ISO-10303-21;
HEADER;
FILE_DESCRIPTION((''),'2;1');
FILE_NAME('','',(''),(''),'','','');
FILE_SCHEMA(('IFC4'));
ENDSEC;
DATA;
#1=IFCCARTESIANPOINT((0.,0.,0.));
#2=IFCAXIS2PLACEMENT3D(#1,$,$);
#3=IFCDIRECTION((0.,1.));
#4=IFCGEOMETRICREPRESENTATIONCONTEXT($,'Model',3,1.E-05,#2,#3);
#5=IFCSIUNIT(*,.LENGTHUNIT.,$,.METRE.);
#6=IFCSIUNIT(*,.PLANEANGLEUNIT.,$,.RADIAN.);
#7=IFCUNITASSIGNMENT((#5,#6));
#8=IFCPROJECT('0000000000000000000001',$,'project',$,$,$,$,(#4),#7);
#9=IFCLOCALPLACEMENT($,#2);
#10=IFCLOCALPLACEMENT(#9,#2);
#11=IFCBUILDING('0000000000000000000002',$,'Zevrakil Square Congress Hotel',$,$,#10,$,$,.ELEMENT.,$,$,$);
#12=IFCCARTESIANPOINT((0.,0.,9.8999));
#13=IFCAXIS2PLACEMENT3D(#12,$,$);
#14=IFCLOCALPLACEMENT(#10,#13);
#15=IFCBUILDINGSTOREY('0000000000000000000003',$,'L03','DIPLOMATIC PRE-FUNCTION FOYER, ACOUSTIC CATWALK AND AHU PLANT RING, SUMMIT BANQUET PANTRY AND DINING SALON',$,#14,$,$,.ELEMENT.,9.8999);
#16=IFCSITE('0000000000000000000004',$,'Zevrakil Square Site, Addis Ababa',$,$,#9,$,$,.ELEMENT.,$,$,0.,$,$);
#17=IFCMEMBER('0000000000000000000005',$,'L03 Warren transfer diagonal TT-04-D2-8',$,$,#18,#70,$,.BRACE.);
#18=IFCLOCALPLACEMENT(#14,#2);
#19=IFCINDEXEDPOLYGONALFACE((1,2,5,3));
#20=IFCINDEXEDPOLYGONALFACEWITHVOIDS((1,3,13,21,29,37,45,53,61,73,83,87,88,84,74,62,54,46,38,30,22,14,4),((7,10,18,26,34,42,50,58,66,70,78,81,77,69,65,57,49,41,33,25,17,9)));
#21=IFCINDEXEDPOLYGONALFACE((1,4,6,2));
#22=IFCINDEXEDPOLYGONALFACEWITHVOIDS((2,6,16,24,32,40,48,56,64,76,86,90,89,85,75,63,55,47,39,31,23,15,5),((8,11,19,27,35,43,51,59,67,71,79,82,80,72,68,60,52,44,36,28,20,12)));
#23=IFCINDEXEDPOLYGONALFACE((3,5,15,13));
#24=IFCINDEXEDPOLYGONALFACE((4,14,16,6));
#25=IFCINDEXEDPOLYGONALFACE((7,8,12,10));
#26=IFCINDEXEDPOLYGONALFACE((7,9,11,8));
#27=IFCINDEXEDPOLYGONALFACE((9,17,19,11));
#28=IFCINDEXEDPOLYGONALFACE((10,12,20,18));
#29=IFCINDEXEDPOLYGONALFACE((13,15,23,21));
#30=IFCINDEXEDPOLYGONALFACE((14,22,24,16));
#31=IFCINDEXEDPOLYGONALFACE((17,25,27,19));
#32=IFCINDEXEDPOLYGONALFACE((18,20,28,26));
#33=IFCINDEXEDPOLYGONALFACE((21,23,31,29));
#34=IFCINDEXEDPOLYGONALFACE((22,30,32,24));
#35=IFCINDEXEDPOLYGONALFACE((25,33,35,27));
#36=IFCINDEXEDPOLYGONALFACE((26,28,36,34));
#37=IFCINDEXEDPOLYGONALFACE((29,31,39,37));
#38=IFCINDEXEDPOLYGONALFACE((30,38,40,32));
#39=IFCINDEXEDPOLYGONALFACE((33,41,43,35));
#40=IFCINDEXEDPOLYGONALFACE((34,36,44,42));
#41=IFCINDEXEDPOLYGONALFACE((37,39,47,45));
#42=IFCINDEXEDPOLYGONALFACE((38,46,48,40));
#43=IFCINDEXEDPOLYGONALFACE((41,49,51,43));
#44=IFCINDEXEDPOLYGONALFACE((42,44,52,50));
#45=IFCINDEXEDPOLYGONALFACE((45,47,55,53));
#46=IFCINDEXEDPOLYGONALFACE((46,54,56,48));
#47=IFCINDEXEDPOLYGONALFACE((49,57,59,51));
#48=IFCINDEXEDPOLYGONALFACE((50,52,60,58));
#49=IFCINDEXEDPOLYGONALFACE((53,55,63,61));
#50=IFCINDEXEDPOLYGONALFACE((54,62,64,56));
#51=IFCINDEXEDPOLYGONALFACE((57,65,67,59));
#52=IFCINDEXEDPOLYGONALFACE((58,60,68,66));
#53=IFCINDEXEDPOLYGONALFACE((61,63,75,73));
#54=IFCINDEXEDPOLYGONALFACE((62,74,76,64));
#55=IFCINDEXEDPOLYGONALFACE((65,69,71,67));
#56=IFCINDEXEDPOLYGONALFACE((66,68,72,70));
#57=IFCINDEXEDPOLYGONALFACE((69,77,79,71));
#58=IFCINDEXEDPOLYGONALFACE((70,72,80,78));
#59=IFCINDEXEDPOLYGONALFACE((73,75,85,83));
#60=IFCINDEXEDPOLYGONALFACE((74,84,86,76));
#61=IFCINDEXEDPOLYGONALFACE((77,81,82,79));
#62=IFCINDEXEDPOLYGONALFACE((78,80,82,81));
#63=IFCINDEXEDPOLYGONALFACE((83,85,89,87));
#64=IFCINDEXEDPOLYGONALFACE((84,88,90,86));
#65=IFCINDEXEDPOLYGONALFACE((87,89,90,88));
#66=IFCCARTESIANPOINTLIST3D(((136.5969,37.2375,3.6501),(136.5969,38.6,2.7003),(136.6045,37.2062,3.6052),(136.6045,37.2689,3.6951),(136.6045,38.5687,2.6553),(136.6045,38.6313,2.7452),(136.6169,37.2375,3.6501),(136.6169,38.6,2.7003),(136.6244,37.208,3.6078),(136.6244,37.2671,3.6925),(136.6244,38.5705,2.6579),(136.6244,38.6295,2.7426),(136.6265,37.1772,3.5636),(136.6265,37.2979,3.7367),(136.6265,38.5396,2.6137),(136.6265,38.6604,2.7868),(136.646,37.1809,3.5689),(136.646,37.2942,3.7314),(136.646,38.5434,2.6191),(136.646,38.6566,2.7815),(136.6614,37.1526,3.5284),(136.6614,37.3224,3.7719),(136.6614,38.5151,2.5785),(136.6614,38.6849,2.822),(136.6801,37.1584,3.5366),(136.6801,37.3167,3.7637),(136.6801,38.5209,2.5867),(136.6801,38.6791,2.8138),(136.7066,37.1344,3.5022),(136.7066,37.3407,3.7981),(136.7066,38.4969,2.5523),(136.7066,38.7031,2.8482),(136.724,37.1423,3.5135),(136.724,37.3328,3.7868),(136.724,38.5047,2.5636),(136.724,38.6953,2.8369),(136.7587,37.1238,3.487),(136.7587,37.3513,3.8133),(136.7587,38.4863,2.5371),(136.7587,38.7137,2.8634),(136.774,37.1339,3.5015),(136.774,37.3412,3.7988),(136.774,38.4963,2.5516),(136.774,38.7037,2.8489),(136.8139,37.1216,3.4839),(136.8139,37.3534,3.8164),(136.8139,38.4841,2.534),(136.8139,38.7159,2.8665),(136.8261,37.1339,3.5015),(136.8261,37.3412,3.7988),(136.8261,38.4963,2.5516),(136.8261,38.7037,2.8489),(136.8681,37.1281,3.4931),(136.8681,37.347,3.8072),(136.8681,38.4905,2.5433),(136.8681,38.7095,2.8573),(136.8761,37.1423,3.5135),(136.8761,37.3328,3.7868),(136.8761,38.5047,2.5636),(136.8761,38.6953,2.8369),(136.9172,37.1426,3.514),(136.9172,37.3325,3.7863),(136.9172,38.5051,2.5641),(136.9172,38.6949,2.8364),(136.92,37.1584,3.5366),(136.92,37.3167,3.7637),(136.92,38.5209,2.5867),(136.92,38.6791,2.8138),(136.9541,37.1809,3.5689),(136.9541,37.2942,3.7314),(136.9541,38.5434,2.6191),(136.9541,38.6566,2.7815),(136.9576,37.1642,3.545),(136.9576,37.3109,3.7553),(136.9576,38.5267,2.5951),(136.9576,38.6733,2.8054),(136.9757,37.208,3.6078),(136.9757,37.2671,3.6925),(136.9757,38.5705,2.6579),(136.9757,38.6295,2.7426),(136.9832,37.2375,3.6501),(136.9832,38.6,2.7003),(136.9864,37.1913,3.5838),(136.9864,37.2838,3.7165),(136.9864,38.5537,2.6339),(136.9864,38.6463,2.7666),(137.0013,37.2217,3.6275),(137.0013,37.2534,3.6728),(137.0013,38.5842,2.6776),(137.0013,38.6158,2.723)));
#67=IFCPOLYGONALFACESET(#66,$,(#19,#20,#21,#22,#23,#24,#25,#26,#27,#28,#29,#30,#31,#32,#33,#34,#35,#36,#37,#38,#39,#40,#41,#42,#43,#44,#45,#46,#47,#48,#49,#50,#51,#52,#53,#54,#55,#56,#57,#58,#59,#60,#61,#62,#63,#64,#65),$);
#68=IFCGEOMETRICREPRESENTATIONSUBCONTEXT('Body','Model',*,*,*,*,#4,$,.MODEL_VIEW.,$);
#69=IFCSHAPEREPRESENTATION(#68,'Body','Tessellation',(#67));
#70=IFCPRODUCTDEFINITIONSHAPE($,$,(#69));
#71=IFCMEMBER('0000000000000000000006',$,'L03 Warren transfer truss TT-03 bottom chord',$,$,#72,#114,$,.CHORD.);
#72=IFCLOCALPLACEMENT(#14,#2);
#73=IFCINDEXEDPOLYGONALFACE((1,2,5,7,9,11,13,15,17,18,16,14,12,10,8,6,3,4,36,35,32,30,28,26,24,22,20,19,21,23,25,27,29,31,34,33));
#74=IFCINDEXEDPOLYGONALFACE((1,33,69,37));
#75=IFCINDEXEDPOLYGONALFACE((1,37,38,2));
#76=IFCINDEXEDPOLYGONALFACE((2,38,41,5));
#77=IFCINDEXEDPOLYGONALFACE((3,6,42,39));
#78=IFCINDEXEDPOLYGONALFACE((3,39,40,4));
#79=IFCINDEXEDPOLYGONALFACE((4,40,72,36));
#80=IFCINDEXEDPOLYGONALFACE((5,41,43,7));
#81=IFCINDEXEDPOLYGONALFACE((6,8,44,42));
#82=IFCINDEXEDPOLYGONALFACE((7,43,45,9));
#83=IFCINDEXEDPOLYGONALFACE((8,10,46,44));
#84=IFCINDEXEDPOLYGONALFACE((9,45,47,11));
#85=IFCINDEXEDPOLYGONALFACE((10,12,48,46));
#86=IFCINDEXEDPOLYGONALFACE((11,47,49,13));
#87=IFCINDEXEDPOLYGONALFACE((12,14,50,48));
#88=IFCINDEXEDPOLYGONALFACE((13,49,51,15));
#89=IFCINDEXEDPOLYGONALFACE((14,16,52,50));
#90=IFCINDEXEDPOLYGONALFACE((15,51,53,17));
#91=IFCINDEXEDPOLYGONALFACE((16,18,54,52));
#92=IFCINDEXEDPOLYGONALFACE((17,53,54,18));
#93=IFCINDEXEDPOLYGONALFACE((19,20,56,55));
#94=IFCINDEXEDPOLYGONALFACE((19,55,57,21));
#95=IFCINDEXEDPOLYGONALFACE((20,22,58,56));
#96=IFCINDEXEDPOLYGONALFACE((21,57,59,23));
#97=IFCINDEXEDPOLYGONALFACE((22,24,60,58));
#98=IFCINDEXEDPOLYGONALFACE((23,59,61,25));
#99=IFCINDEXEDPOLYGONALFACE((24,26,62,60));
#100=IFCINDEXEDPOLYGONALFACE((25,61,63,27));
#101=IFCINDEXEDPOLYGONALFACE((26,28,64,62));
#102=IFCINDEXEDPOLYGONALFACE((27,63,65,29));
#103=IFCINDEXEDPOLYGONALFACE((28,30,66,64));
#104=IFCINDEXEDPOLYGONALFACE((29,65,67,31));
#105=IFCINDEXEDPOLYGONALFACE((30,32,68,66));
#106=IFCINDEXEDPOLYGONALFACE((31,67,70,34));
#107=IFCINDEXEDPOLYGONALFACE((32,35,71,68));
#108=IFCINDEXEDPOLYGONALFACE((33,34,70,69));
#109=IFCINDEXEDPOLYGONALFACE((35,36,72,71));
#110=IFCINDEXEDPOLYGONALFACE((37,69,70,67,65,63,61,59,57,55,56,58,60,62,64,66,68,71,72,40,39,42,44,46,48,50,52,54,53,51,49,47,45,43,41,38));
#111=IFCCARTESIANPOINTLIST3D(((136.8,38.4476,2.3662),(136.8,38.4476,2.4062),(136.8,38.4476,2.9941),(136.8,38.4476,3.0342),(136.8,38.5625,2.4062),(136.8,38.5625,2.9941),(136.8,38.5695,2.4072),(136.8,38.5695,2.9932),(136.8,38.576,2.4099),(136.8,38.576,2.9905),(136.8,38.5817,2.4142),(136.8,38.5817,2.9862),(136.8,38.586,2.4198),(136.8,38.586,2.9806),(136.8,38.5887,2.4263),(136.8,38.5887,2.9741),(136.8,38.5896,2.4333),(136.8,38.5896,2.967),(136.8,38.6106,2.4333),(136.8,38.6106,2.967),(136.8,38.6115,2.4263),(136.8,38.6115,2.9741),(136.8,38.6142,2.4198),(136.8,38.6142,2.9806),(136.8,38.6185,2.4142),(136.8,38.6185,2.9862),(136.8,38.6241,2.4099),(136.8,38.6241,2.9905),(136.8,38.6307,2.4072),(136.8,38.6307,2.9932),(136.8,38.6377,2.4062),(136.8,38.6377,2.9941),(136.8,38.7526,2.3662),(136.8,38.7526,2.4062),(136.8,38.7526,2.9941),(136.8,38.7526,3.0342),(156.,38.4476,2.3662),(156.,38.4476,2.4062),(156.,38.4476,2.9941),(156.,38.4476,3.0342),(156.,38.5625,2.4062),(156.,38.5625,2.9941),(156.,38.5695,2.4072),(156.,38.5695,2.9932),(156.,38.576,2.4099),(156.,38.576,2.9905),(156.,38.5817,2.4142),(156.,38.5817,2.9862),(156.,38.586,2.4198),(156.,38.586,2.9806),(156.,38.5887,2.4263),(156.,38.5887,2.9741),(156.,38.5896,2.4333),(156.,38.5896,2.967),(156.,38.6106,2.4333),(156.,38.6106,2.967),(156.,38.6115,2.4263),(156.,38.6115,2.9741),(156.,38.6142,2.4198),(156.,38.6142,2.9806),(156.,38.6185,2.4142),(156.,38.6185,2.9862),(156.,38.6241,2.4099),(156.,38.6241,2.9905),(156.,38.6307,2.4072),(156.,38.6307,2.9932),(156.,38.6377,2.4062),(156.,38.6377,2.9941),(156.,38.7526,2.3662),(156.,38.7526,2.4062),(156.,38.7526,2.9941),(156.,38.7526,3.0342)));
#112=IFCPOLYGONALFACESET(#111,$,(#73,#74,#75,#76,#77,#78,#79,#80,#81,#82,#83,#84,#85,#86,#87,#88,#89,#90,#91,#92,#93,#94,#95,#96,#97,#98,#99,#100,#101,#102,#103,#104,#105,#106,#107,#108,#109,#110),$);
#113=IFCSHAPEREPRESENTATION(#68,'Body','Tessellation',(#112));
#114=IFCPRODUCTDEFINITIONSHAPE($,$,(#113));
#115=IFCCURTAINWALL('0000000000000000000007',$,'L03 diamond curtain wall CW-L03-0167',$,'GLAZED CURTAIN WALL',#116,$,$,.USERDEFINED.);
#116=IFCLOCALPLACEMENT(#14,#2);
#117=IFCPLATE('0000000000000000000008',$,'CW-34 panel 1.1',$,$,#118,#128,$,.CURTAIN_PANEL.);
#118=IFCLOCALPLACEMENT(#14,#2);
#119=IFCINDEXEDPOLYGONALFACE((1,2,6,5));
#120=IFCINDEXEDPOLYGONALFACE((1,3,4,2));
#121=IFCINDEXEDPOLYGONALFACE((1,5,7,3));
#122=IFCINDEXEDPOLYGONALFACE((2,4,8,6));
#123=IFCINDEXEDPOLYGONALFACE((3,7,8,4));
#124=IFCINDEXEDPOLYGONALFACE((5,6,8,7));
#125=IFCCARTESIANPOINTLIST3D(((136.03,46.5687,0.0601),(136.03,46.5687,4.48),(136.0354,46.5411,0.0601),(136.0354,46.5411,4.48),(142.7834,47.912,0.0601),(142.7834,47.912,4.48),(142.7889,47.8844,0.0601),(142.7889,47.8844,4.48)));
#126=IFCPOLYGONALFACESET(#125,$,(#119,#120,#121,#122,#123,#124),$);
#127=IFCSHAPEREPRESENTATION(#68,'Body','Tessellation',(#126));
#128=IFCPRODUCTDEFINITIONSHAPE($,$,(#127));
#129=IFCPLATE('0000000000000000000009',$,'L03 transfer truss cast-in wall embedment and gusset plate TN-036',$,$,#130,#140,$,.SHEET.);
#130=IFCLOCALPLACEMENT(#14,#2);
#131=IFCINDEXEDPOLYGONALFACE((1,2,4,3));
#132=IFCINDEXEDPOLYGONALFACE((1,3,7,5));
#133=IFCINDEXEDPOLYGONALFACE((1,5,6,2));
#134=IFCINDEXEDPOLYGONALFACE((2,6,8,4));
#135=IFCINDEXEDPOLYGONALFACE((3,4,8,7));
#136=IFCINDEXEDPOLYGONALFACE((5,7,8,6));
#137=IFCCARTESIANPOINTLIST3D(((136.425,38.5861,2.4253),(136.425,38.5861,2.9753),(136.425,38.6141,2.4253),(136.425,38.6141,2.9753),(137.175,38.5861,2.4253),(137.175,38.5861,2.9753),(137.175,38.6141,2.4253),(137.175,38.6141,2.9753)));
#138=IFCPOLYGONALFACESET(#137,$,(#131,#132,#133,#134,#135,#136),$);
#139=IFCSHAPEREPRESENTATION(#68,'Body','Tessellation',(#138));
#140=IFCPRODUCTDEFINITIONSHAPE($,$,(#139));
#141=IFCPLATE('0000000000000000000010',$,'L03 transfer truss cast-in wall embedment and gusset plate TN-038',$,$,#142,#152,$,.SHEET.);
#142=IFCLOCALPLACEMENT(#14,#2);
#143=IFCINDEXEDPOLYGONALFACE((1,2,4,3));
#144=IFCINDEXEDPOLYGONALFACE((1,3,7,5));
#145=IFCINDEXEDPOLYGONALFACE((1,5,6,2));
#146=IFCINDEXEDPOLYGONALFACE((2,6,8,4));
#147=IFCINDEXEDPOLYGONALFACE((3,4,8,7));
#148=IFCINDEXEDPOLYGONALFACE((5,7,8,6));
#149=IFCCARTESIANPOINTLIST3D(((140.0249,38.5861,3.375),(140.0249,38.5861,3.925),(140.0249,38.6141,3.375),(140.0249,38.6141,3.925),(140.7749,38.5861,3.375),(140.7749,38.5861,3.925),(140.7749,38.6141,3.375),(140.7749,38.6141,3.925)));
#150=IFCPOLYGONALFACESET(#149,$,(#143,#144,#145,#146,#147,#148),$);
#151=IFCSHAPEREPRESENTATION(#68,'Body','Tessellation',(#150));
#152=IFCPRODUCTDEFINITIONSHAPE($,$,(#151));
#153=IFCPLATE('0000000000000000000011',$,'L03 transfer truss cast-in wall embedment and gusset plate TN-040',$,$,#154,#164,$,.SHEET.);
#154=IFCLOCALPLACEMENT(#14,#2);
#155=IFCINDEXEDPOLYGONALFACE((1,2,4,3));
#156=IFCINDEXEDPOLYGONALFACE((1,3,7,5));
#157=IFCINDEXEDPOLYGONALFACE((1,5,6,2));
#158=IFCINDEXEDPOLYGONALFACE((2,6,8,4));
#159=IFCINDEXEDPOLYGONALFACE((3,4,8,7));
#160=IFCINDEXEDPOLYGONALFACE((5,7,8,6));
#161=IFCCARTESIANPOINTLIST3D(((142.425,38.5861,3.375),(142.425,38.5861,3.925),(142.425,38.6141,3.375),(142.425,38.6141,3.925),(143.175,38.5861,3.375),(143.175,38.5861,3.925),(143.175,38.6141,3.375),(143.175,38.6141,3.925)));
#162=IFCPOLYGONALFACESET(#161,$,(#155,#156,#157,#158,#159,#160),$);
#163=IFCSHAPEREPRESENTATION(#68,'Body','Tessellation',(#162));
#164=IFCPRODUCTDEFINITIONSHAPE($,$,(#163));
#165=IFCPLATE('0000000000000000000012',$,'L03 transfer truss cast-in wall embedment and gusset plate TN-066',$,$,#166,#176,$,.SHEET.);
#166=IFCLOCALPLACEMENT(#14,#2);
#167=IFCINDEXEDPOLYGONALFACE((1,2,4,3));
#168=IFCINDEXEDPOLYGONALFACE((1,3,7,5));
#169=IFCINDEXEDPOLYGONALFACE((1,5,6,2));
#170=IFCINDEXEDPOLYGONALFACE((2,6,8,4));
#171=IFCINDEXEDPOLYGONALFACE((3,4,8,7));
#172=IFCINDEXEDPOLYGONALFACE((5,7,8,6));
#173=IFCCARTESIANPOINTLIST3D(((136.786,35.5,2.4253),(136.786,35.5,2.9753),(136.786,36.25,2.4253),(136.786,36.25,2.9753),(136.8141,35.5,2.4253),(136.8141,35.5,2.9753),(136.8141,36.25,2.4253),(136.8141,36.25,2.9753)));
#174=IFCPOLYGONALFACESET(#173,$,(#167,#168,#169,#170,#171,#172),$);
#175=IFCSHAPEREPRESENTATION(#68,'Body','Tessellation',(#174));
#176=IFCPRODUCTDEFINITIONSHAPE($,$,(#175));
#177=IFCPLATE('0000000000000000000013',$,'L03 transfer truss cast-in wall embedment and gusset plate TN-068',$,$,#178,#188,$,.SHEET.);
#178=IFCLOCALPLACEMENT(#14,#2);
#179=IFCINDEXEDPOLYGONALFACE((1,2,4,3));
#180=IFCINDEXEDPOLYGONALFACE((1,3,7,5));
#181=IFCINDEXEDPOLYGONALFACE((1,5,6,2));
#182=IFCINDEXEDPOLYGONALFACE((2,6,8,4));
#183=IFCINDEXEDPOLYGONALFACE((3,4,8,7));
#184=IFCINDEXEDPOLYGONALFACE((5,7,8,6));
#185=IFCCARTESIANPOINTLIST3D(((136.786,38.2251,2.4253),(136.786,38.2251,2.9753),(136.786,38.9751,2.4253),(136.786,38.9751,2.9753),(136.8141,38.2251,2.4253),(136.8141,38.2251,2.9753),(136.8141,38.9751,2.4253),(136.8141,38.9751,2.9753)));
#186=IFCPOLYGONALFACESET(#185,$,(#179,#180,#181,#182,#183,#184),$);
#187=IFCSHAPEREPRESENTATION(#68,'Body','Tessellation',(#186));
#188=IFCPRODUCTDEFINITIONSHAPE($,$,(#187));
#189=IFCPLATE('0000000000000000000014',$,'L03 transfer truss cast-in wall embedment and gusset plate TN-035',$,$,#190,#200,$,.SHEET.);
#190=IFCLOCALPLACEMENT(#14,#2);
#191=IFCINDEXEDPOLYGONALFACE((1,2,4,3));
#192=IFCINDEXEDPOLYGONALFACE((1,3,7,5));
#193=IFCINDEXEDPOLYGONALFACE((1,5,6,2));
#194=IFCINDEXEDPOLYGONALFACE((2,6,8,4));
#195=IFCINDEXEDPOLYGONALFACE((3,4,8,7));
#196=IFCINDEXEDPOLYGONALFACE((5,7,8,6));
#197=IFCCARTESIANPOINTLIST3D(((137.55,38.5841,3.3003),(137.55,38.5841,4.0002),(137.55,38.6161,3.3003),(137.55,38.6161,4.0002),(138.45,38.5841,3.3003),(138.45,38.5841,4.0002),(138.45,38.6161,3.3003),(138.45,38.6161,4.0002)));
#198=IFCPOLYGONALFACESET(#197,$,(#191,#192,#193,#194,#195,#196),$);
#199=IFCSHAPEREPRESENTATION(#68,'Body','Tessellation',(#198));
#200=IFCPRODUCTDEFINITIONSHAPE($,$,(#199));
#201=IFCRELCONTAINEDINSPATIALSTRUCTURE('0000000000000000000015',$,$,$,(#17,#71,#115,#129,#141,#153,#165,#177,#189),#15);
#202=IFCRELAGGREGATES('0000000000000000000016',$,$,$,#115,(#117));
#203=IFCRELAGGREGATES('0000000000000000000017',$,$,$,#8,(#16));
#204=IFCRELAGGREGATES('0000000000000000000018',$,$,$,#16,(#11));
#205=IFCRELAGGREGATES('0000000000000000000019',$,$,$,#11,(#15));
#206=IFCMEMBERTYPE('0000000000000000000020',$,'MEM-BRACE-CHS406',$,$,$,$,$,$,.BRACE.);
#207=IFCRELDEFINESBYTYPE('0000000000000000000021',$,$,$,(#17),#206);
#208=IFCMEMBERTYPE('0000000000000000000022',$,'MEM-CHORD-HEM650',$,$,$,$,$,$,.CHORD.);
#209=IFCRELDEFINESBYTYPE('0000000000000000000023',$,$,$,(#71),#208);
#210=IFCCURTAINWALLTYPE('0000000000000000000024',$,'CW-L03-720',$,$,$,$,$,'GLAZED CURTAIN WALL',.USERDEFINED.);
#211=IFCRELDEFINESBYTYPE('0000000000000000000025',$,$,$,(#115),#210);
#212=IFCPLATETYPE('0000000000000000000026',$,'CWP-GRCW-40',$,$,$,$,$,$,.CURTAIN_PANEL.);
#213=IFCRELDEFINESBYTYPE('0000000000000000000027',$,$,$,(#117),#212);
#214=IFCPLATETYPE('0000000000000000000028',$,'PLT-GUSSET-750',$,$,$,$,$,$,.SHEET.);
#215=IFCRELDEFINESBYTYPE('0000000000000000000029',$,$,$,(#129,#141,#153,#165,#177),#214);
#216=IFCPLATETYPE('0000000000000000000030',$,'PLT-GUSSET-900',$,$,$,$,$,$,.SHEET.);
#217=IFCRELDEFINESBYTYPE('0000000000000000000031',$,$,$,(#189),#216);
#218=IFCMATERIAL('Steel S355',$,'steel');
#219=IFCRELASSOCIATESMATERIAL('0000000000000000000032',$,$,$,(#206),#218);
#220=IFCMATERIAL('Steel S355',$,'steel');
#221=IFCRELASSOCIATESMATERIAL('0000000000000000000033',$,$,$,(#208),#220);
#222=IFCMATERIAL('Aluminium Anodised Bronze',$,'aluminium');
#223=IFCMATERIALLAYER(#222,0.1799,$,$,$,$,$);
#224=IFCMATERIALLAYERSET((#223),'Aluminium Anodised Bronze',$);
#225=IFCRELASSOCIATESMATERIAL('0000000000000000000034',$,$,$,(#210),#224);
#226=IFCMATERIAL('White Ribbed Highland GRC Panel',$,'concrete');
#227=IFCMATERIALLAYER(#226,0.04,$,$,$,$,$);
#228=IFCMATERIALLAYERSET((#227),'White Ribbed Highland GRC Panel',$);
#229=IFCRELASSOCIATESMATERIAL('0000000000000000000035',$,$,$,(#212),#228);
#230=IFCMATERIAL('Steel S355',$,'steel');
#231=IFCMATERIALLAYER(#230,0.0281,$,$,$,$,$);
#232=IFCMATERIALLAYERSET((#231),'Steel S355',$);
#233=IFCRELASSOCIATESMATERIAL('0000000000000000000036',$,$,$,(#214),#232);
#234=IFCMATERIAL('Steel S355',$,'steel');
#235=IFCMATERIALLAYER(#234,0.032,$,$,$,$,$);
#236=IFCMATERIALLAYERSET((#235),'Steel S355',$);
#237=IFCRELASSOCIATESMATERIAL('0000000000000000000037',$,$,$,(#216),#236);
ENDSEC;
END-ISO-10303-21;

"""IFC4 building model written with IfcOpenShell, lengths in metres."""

from ifc_helpers import new_model, si_unit, direction, frame, origin, origin_2d, place, context, subcontext, project, spatial, rectangle, hollow_circle, i_section, extrude, material, layer, layer_set, material_profile, profile_set, type_object, element, aggregate, save


model = new_model("IFC4")

# Units and contexts
model_context = context("Model", 3, precision=1e-05, world=origin(), true_north=direction((0.0, 1.0)))
body_context = subcontext(model_context, "Body", "Model", "MODEL_VIEW")
ifc_project = project(units=[si_unit("LENGTHUNIT", "METRE"), si_unit("PLANEANGLEUNIT", "RADIAN")], contexts=[model_context])

# Site, building, storey
site_placement = place(None, origin())
site = spatial("IfcSite", under=ifc_project, at=site_placement, Name="Zevrakil Square Site, Addis Ababa", CompositionType="ELEMENT", RefElevation=0.0)
building_placement = place(site_placement, origin())
building = spatial("IfcBuilding", under=site, at=building_placement, Name="Zevrakil Square Congress Hotel", CompositionType="ELEMENT")
storey_placement = place(building_placement, frame((0.0, 0.0, 9.8999)))
storey = spatial("IfcBuildingStorey", under=building, at=storey_placement, Name="L03", Description="DIPLOMATIC PRE-FUNCTION FOYER, ACOUSTIC CATWALK AND AHU PLANT RING, SUMMIT BANQUET PANTRY AND DINING SALON", CompositionType="ELEMENT", Elevation=9.8999)

# Members
ifc_material_1 = material(Name="Steel S355", Category="steel")
ifc_material_profile_1 = material_profile(ifc_material_1, hollow_circle(Radius=0.2031, WallThickness=0.02, at=origin_2d()), Name="CHS 406.4x20")
ifc_profile_set_1 = profile_set([ifc_material_profile_1], Name="Steel S355")
member_type_1 = type_object("IfcMemberType", Name="MEM-BRACE-CHS406", PredefinedType="BRACE", material=ifc_profile_set_1)
for number, where, z_axis, x_axis, name in (
    (1, (136.8, 37.2375, 3.6501), (0.0, 0.820315, -0.571913), (-1.0, 0.0, 0.0), "L03 Warren transfer diagonal TT-04-D2-8"),
):
    element("IfcMember", number, at=place(storey_placement, frame(where, z_axis=z_axis, x_axis=x_axis)), inside=storey, type_object=member_type_1, Name=name, PredefinedType="BRACE", context=body_context, shape_type="SweptSolid", body=[
        extrude(hollow_circle(Radius=0.2031, WallThickness=0.02, at=origin_2d()), origin(), (0.0, 0.0, 1.0), 1.6609),
    ])
ifc_material_2 = material(Name="Steel S355", Category="steel")
ifc_material_profile_2 = material_profile(ifc_material_2, i_section(OverallWidth=0.3049, OverallDepth=0.668, WebThickness=0.021, FlangeThickness=0.04, FilletRadius=0.0271, at=origin_2d()), Name="HEM 650")
ifc_profile_set_2 = profile_set([ifc_material_profile_2], Name="Steel S355")
member_type_2 = type_object("IfcMemberType", Name="MEM-CHORD-HEM650", PredefinedType="CHORD", material=ifc_profile_set_2)
member_1_placement = place(storey_placement, frame((136.8, 38.6001, 2.7002), z_axis=(1.0, 0.0, 0.0), x_axis=(0.0, 1.0, 0.0)))
element("IfcMember", 2, at=member_1_placement, inside=storey, type_object=member_type_2, Name="L03 Warren transfer truss TT-03 bottom chord", PredefinedType="CHORD", context=body_context, shape_type="SweptSolid", body=[
    extrude(i_section(OverallWidth=0.3049, OverallDepth=0.668, WebThickness=0.021, FlangeThickness=0.04, FilletRadius=0.0271, at=origin_2d()), origin(), (0.0, 0.0, 1.0), 19.2),
])

# Curtain wall, plate
ifc_material_3 = material(Name="Aluminium Anodised Bronze", Category="aluminium")
ifc_layer_1 = layer(ifc_material_3, 0.1799)
ifc_layer_set_1 = layer_set([ifc_layer_1], Name="Aluminium Anodised Bronze")
curtain_wall_type = type_object("IfcCurtainWallType", Name="CW-L03-720", ElementType="GLAZED CURTAIN WALL", PredefinedType="USERDEFINED", material=ifc_layer_set_1)
curtain_wall_placement = place(storey_placement, origin())
curtain_wall = element("IfcCurtainWall", 3, at=curtain_wall_placement, inside=storey, type_object=curtain_wall_type, Name="L03 diamond curtain wall CW-L03-0167", ObjectType="GLAZED CURTAIN WALL", PredefinedType="USERDEFINED")
ifc_material_4 = material(Name="White Ribbed Highland GRC Panel", Category="concrete")
ifc_layer_2 = layer(ifc_material_4, 0.04)
ifc_layer_set_2 = layer_set([ifc_layer_2], Name="White Ribbed Highland GRC Panel")
plate_type_1 = type_object("IfcPlateType", Name="CWP-GRCW-40", PredefinedType="CURTAIN_PANEL", material=ifc_layer_set_2)
plate_placement = place(storey_placement, frame((139.4094, 47.2266, 0.0601), z_axis=(0.0, 0.0, 1.0), x_axis=(-0.980787, -0.195084, 0.0)))
plate = element("IfcPlate", 4, at=plate_placement, type_object=plate_type_1, Name="CW-34 panel 1.1", PredefinedType="CURTAIN_PANEL", context=body_context, shape_type="SweptSolid", body=[
    extrude(rectangle(XDim=6.8857, YDim=0.0281, at=origin_2d()), origin(), (0.0, 0.0, 1.0), 4.4199),
])
aggregate(curtain_wall, [plate])

# Plates
ifc_material_5 = material(Name="Steel S355", Category="steel")
ifc_layer_3 = layer(ifc_material_5, 0.0281)
ifc_layer_set_3 = layer_set([ifc_layer_3], Name="Steel S355")
plate_type_2 = type_object("IfcPlateType", Name="PLT-GUSSET-750", PredefinedType="SHEET", material=ifc_layer_set_3)
for number, where, z_axis, x_axis, name in (
    (5, (136.8, 38.6001, 2.4253), (0.0, 0.0, 1.0), (1.0, 0.0, 0.0), "L03 transfer truss cast-in wall embedment and gusset plate TN-036"),
    (6, (140.3999, 38.6001, 3.375), (0.0, 0.0, 1.0), (1.0, 0.0, 0.0), "L03 transfer truss cast-in wall embedment and gusset plate TN-038"),
    (7, (142.8, 38.6001, 3.375), (0.0, 0.0, 1.0), (1.0, 0.0, 0.0), "L03 transfer truss cast-in wall embedment and gusset plate TN-040"),
    (8, (136.8, 35.875, 2.4253), (0.0, 0.0, 1.0), (0.0, 1.0, 0.0), "L03 transfer truss cast-in wall embedment and gusset plate TN-066"),
    (9, (136.8, 38.6001, 2.4253), (0.0, 0.0, 1.0), (0.0, 1.0, 0.0), "L03 transfer truss cast-in wall embedment and gusset plate TN-068"),
):
    element("IfcPlate", number, at=place(storey_placement, frame(where, z_axis=z_axis, x_axis=x_axis)), inside=storey, type_object=plate_type_2, Name=name, PredefinedType="SHEET", context=body_context, shape_type="SweptSolid", body=[
        extrude(rectangle(XDim=0.75, YDim=0.0281, at=origin_2d()), origin(), (0.0, 0.0, 1.0), 0.55),
    ])
ifc_material_6 = material(Name="Steel S355", Category="steel")
ifc_layer_4 = layer(ifc_material_6, 0.032)
ifc_layer_set_4 = layer_set([ifc_layer_4], Name="Steel S355")
plate_type_3 = type_object("IfcPlateType", Name="PLT-GUSSET-900", PredefinedType="SHEET", material=ifc_layer_set_4)
for number, where, z_axis, x_axis, name in (
    (10, (138.0, 38.6001, 3.3003), (0.0, 0.0, 1.0), (1.0, 0.0, 0.0), "L03 transfer truss cast-in wall embedment and gusset plate TN-035"),
):
    element("IfcPlate", number, at=place(storey_placement, frame(where, z_axis=z_axis, x_axis=x_axis)), inside=storey, type_object=plate_type_3, Name=name, PredefinedType="SHEET", context=body_context, shape_type="SweptSolid", body=[
        extrude(rectangle(XDim=0.8999, YDim=0.032, at=origin_2d()), origin(), (0.0, 0.0, 1.0), 0.7),
    ])

save(model, "model.ifc")
